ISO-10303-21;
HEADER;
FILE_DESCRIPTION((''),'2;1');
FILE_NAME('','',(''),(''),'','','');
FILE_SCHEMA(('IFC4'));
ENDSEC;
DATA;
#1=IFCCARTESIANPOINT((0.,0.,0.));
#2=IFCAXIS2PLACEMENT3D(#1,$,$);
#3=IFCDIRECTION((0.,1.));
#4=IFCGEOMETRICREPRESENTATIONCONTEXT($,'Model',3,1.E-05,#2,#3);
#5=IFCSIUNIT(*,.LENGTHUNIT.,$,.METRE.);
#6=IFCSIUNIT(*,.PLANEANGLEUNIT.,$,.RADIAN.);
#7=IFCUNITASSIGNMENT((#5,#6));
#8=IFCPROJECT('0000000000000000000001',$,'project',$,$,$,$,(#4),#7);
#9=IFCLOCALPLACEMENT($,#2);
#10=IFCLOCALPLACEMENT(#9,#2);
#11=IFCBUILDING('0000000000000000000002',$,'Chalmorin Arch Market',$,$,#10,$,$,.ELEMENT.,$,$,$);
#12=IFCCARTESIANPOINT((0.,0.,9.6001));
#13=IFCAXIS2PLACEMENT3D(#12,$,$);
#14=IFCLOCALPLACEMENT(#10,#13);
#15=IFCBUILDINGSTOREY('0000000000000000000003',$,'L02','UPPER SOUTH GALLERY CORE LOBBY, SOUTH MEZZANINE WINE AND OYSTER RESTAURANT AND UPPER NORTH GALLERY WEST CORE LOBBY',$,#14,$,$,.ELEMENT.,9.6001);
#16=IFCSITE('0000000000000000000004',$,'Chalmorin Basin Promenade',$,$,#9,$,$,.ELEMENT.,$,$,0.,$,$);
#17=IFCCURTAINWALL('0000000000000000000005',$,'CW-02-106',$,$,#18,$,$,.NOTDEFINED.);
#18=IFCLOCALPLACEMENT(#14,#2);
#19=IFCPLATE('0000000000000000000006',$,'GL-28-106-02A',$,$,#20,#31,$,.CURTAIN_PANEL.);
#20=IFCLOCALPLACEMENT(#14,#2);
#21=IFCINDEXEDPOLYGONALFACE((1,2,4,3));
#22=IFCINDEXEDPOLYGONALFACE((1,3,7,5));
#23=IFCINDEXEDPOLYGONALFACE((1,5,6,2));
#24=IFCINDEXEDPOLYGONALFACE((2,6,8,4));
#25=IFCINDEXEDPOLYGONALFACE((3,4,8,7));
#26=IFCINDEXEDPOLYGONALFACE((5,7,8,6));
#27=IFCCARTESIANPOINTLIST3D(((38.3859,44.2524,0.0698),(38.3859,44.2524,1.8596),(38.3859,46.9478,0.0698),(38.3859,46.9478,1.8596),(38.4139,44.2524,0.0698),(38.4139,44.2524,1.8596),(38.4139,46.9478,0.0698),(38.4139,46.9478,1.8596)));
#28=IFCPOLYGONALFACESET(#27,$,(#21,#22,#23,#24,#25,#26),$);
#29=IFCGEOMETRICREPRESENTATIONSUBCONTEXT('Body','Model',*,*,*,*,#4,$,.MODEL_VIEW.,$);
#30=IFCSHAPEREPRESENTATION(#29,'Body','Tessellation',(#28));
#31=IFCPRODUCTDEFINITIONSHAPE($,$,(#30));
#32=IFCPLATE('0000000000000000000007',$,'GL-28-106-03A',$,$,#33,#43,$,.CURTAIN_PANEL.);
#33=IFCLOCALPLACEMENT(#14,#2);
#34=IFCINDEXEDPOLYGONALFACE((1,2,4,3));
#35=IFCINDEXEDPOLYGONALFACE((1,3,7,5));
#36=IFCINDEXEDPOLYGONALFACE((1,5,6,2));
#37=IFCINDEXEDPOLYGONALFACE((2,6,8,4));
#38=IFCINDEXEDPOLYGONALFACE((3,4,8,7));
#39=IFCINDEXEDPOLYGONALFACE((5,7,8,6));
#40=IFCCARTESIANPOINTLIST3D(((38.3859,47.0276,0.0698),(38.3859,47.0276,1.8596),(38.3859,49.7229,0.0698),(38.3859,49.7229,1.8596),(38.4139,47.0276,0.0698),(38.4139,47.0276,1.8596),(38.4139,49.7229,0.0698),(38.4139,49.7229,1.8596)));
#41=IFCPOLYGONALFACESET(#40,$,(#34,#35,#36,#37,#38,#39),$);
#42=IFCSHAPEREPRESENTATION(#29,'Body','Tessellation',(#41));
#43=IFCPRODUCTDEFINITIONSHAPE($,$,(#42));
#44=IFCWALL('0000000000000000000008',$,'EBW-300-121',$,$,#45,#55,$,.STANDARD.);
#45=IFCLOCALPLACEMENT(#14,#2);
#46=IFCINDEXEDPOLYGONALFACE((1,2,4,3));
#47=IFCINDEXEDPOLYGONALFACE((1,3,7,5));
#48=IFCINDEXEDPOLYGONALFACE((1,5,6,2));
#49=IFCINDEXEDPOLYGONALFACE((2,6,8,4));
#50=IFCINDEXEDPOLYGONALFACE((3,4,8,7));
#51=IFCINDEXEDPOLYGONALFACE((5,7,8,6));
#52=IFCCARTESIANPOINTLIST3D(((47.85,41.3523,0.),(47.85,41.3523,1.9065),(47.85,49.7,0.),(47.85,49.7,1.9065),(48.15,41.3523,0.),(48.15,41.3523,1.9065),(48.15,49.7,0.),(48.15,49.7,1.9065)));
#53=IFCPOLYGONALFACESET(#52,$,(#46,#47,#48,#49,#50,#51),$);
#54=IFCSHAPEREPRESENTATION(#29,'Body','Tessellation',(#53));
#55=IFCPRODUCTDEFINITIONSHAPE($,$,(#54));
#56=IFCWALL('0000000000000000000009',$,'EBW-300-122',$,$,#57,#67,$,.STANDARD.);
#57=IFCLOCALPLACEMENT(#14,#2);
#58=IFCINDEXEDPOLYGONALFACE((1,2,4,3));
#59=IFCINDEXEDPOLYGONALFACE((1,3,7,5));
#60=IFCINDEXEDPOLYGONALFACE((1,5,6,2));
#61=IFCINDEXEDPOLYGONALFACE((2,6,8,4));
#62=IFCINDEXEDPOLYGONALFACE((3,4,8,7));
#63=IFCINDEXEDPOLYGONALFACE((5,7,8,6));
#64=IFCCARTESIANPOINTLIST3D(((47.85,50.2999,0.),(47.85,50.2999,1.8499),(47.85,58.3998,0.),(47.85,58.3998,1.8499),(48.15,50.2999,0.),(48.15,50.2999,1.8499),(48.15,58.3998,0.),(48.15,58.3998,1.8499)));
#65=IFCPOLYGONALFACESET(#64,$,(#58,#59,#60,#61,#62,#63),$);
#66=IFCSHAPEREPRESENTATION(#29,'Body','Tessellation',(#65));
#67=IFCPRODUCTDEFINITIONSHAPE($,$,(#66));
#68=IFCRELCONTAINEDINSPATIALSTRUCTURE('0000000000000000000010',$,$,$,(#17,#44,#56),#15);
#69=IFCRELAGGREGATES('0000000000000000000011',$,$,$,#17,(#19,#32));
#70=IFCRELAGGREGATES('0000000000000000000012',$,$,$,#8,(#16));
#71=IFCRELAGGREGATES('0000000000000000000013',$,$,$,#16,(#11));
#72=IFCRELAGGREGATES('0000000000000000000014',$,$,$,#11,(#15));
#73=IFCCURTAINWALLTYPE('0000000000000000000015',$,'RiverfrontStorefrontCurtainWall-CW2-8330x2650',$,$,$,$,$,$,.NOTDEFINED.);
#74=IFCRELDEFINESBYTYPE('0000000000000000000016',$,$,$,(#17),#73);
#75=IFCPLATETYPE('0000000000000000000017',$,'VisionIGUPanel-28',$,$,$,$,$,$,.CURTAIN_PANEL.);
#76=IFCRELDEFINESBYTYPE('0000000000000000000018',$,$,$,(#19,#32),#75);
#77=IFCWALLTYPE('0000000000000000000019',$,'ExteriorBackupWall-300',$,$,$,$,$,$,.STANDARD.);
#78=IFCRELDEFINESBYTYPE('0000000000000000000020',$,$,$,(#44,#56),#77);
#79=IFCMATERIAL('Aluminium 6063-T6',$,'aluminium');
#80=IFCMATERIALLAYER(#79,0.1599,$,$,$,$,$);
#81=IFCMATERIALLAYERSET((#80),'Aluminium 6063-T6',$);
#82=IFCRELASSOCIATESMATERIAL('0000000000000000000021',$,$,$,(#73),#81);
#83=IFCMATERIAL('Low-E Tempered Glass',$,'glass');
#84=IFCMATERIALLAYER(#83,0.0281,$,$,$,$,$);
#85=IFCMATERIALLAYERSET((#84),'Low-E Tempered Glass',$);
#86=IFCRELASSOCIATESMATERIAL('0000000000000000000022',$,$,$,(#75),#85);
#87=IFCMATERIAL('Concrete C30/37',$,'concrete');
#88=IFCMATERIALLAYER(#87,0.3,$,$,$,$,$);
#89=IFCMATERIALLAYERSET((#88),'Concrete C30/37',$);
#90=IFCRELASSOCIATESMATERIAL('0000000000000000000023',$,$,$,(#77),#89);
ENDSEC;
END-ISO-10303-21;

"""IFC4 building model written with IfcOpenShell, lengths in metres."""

from ifc_helpers import new_model, si_unit, direction, frame, frame_2d, origin, origin_2d, place, context, subcontext, project, spatial, rectangle, extrude, material, layer, layer_set, type_object, element, aggregate, save


model = new_model("IFC4")

# Units and contexts
model_context = context("Model", 3, precision=1e-05, world=origin(), true_north=direction((0.0, 1.0)))
body_context = subcontext(model_context, "Body", "Model", "MODEL_VIEW")
ifc_project = project(units=[si_unit("LENGTHUNIT", "METRE"), si_unit("PLANEANGLEUNIT", "RADIAN")], contexts=[model_context])

# Site, building, storey
site_placement = place(None, origin())
site = spatial("IfcSite", under=ifc_project, at=site_placement, Name="Chalmorin Basin Promenade", CompositionType="ELEMENT", RefElevation=0.0)
building_placement = place(site_placement, origin())
building = spatial("IfcBuilding", under=site, at=building_placement, Name="Chalmorin Arch Market", CompositionType="ELEMENT")
storey_placement = place(building_placement, frame((0.0, 0.0, 9.6001)))
storey = spatial("IfcBuildingStorey", under=building, at=storey_placement, Name="L02", Description="UPPER SOUTH GALLERY CORE LOBBY, SOUTH MEZZANINE WINE AND OYSTER RESTAURANT AND UPPER NORTH GALLERY WEST CORE LOBBY", CompositionType="ELEMENT", Elevation=9.6001)

# Curtain wall
ifc_material_1 = material(Name="Aluminium 6063-T6", Category="aluminium")
ifc_layer_1 = layer(ifc_material_1, 0.1599)
ifc_layer_set_1 = layer_set([ifc_layer_1], Name="Aluminium 6063-T6")
curtain_wall_type = type_object("IfcCurtainWallType", Name="RiverfrontStorefrontCurtainWall-CW2-8330x2650", PredefinedType="NOTDEFINED", material=ifc_layer_set_1)
curtain_wall_placement = place(storey_placement, origin())
curtain_wall = element("IfcCurtainWall", 1, at=curtain_wall_placement, inside=storey, type_object=curtain_wall_type, Name="CW-02-106", PredefinedType="NOTDEFINED")

# Plates
ifc_material_2 = material(Name="Low-E Tempered Glass", Category="glass")
ifc_layer_2 = layer(ifc_material_2, 0.0281)
ifc_layer_set_2 = layer_set([ifc_layer_2], Name="Low-E Tempered Glass")
plate_type_1 = type_object("IfcPlateType", Name="VisionIGUPanel-28", PredefinedType="CURTAIN_PANEL", material=ifc_layer_set_2)
plate_1_placement = place(storey_placement, frame((38.3999, 45.6001, 0.0698), z_axis=(0.0, 0.0, 1.0), x_axis=(0.0, 1.0, 0.0)))
plate_1 = element("IfcPlate", 2, at=plate_1_placement, type_object=plate_type_1, Name="GL-28-106-02A", PredefinedType="CURTAIN_PANEL", context=body_context, shape_type="SweptSolid", body=[
    extrude(rectangle(XDim=2.6953, YDim=0.0281, at=origin_2d()), origin(), (0.0, 0.0, 1.0), 1.7898),
])
plate_2_placement = place(storey_placement, frame((38.3999, 48.3752, 0.0698), z_axis=(0.0, 0.0, 1.0), x_axis=(0.0, 1.0, 0.0)))
plate_2 = element("IfcPlate", 3, at=plate_2_placement, type_object=plate_type_1, Name="GL-28-106-03A", PredefinedType="CURTAIN_PANEL", context=body_context, shape_type="SweptSolid", body=[
    extrude(rectangle(XDim=2.6953, YDim=0.0281, at=origin_2d()), origin(), (0.0, 0.0, 1.0), 1.7898),
])
aggregate(curtain_wall, [plate_1, plate_2])

# Walls
ifc_material_3 = material(Name="Concrete C30/37", Category="concrete")
ifc_layer_3 = layer(ifc_material_3, 0.3)
ifc_layer_set_3 = layer_set([ifc_layer_3], Name="Concrete C30/37")
wall_type = type_object("IfcWallType", Name="ExteriorBackupWall-300", PredefinedType="STANDARD", material=ifc_layer_set_3)
wall_1_placement = place(storey_placement, frame((48.0, 41.3523, 0.0), z_axis=(0.0, 0.0, 1.0), x_axis=(0.0, 1.0, 0.0)))
element("IfcWall", 4, at=wall_1_placement, inside=storey, type_object=wall_type, Name="EBW-300-121", PredefinedType="STANDARD", context=body_context, shape_type="SweptSolid", body=[
    extrude(rectangle(XDim=8.3477, YDim=0.3, at=frame_2d((4.1738, 0.0))), origin(), (0.0, 0.0, 1.0), 1.9065),
])
wall_2_placement = place(storey_placement, frame((48.0, 50.3, 0.0), z_axis=(0.0, 0.0, 1.0), x_axis=(0.0, 1.0, 0.0)))
element("IfcWall", 5, at=wall_2_placement, inside=storey, type_object=wall_type, Name="EBW-300-122", PredefinedType="STANDARD", context=body_context, shape_type="SweptSolid", body=[
    extrude(rectangle(XDim=8.0999, YDim=0.3, at=frame_2d((4.0498, 0.0))), origin(), (0.0, 0.0, 1.0), 1.8499),
])

save(model, "model.ifc")
